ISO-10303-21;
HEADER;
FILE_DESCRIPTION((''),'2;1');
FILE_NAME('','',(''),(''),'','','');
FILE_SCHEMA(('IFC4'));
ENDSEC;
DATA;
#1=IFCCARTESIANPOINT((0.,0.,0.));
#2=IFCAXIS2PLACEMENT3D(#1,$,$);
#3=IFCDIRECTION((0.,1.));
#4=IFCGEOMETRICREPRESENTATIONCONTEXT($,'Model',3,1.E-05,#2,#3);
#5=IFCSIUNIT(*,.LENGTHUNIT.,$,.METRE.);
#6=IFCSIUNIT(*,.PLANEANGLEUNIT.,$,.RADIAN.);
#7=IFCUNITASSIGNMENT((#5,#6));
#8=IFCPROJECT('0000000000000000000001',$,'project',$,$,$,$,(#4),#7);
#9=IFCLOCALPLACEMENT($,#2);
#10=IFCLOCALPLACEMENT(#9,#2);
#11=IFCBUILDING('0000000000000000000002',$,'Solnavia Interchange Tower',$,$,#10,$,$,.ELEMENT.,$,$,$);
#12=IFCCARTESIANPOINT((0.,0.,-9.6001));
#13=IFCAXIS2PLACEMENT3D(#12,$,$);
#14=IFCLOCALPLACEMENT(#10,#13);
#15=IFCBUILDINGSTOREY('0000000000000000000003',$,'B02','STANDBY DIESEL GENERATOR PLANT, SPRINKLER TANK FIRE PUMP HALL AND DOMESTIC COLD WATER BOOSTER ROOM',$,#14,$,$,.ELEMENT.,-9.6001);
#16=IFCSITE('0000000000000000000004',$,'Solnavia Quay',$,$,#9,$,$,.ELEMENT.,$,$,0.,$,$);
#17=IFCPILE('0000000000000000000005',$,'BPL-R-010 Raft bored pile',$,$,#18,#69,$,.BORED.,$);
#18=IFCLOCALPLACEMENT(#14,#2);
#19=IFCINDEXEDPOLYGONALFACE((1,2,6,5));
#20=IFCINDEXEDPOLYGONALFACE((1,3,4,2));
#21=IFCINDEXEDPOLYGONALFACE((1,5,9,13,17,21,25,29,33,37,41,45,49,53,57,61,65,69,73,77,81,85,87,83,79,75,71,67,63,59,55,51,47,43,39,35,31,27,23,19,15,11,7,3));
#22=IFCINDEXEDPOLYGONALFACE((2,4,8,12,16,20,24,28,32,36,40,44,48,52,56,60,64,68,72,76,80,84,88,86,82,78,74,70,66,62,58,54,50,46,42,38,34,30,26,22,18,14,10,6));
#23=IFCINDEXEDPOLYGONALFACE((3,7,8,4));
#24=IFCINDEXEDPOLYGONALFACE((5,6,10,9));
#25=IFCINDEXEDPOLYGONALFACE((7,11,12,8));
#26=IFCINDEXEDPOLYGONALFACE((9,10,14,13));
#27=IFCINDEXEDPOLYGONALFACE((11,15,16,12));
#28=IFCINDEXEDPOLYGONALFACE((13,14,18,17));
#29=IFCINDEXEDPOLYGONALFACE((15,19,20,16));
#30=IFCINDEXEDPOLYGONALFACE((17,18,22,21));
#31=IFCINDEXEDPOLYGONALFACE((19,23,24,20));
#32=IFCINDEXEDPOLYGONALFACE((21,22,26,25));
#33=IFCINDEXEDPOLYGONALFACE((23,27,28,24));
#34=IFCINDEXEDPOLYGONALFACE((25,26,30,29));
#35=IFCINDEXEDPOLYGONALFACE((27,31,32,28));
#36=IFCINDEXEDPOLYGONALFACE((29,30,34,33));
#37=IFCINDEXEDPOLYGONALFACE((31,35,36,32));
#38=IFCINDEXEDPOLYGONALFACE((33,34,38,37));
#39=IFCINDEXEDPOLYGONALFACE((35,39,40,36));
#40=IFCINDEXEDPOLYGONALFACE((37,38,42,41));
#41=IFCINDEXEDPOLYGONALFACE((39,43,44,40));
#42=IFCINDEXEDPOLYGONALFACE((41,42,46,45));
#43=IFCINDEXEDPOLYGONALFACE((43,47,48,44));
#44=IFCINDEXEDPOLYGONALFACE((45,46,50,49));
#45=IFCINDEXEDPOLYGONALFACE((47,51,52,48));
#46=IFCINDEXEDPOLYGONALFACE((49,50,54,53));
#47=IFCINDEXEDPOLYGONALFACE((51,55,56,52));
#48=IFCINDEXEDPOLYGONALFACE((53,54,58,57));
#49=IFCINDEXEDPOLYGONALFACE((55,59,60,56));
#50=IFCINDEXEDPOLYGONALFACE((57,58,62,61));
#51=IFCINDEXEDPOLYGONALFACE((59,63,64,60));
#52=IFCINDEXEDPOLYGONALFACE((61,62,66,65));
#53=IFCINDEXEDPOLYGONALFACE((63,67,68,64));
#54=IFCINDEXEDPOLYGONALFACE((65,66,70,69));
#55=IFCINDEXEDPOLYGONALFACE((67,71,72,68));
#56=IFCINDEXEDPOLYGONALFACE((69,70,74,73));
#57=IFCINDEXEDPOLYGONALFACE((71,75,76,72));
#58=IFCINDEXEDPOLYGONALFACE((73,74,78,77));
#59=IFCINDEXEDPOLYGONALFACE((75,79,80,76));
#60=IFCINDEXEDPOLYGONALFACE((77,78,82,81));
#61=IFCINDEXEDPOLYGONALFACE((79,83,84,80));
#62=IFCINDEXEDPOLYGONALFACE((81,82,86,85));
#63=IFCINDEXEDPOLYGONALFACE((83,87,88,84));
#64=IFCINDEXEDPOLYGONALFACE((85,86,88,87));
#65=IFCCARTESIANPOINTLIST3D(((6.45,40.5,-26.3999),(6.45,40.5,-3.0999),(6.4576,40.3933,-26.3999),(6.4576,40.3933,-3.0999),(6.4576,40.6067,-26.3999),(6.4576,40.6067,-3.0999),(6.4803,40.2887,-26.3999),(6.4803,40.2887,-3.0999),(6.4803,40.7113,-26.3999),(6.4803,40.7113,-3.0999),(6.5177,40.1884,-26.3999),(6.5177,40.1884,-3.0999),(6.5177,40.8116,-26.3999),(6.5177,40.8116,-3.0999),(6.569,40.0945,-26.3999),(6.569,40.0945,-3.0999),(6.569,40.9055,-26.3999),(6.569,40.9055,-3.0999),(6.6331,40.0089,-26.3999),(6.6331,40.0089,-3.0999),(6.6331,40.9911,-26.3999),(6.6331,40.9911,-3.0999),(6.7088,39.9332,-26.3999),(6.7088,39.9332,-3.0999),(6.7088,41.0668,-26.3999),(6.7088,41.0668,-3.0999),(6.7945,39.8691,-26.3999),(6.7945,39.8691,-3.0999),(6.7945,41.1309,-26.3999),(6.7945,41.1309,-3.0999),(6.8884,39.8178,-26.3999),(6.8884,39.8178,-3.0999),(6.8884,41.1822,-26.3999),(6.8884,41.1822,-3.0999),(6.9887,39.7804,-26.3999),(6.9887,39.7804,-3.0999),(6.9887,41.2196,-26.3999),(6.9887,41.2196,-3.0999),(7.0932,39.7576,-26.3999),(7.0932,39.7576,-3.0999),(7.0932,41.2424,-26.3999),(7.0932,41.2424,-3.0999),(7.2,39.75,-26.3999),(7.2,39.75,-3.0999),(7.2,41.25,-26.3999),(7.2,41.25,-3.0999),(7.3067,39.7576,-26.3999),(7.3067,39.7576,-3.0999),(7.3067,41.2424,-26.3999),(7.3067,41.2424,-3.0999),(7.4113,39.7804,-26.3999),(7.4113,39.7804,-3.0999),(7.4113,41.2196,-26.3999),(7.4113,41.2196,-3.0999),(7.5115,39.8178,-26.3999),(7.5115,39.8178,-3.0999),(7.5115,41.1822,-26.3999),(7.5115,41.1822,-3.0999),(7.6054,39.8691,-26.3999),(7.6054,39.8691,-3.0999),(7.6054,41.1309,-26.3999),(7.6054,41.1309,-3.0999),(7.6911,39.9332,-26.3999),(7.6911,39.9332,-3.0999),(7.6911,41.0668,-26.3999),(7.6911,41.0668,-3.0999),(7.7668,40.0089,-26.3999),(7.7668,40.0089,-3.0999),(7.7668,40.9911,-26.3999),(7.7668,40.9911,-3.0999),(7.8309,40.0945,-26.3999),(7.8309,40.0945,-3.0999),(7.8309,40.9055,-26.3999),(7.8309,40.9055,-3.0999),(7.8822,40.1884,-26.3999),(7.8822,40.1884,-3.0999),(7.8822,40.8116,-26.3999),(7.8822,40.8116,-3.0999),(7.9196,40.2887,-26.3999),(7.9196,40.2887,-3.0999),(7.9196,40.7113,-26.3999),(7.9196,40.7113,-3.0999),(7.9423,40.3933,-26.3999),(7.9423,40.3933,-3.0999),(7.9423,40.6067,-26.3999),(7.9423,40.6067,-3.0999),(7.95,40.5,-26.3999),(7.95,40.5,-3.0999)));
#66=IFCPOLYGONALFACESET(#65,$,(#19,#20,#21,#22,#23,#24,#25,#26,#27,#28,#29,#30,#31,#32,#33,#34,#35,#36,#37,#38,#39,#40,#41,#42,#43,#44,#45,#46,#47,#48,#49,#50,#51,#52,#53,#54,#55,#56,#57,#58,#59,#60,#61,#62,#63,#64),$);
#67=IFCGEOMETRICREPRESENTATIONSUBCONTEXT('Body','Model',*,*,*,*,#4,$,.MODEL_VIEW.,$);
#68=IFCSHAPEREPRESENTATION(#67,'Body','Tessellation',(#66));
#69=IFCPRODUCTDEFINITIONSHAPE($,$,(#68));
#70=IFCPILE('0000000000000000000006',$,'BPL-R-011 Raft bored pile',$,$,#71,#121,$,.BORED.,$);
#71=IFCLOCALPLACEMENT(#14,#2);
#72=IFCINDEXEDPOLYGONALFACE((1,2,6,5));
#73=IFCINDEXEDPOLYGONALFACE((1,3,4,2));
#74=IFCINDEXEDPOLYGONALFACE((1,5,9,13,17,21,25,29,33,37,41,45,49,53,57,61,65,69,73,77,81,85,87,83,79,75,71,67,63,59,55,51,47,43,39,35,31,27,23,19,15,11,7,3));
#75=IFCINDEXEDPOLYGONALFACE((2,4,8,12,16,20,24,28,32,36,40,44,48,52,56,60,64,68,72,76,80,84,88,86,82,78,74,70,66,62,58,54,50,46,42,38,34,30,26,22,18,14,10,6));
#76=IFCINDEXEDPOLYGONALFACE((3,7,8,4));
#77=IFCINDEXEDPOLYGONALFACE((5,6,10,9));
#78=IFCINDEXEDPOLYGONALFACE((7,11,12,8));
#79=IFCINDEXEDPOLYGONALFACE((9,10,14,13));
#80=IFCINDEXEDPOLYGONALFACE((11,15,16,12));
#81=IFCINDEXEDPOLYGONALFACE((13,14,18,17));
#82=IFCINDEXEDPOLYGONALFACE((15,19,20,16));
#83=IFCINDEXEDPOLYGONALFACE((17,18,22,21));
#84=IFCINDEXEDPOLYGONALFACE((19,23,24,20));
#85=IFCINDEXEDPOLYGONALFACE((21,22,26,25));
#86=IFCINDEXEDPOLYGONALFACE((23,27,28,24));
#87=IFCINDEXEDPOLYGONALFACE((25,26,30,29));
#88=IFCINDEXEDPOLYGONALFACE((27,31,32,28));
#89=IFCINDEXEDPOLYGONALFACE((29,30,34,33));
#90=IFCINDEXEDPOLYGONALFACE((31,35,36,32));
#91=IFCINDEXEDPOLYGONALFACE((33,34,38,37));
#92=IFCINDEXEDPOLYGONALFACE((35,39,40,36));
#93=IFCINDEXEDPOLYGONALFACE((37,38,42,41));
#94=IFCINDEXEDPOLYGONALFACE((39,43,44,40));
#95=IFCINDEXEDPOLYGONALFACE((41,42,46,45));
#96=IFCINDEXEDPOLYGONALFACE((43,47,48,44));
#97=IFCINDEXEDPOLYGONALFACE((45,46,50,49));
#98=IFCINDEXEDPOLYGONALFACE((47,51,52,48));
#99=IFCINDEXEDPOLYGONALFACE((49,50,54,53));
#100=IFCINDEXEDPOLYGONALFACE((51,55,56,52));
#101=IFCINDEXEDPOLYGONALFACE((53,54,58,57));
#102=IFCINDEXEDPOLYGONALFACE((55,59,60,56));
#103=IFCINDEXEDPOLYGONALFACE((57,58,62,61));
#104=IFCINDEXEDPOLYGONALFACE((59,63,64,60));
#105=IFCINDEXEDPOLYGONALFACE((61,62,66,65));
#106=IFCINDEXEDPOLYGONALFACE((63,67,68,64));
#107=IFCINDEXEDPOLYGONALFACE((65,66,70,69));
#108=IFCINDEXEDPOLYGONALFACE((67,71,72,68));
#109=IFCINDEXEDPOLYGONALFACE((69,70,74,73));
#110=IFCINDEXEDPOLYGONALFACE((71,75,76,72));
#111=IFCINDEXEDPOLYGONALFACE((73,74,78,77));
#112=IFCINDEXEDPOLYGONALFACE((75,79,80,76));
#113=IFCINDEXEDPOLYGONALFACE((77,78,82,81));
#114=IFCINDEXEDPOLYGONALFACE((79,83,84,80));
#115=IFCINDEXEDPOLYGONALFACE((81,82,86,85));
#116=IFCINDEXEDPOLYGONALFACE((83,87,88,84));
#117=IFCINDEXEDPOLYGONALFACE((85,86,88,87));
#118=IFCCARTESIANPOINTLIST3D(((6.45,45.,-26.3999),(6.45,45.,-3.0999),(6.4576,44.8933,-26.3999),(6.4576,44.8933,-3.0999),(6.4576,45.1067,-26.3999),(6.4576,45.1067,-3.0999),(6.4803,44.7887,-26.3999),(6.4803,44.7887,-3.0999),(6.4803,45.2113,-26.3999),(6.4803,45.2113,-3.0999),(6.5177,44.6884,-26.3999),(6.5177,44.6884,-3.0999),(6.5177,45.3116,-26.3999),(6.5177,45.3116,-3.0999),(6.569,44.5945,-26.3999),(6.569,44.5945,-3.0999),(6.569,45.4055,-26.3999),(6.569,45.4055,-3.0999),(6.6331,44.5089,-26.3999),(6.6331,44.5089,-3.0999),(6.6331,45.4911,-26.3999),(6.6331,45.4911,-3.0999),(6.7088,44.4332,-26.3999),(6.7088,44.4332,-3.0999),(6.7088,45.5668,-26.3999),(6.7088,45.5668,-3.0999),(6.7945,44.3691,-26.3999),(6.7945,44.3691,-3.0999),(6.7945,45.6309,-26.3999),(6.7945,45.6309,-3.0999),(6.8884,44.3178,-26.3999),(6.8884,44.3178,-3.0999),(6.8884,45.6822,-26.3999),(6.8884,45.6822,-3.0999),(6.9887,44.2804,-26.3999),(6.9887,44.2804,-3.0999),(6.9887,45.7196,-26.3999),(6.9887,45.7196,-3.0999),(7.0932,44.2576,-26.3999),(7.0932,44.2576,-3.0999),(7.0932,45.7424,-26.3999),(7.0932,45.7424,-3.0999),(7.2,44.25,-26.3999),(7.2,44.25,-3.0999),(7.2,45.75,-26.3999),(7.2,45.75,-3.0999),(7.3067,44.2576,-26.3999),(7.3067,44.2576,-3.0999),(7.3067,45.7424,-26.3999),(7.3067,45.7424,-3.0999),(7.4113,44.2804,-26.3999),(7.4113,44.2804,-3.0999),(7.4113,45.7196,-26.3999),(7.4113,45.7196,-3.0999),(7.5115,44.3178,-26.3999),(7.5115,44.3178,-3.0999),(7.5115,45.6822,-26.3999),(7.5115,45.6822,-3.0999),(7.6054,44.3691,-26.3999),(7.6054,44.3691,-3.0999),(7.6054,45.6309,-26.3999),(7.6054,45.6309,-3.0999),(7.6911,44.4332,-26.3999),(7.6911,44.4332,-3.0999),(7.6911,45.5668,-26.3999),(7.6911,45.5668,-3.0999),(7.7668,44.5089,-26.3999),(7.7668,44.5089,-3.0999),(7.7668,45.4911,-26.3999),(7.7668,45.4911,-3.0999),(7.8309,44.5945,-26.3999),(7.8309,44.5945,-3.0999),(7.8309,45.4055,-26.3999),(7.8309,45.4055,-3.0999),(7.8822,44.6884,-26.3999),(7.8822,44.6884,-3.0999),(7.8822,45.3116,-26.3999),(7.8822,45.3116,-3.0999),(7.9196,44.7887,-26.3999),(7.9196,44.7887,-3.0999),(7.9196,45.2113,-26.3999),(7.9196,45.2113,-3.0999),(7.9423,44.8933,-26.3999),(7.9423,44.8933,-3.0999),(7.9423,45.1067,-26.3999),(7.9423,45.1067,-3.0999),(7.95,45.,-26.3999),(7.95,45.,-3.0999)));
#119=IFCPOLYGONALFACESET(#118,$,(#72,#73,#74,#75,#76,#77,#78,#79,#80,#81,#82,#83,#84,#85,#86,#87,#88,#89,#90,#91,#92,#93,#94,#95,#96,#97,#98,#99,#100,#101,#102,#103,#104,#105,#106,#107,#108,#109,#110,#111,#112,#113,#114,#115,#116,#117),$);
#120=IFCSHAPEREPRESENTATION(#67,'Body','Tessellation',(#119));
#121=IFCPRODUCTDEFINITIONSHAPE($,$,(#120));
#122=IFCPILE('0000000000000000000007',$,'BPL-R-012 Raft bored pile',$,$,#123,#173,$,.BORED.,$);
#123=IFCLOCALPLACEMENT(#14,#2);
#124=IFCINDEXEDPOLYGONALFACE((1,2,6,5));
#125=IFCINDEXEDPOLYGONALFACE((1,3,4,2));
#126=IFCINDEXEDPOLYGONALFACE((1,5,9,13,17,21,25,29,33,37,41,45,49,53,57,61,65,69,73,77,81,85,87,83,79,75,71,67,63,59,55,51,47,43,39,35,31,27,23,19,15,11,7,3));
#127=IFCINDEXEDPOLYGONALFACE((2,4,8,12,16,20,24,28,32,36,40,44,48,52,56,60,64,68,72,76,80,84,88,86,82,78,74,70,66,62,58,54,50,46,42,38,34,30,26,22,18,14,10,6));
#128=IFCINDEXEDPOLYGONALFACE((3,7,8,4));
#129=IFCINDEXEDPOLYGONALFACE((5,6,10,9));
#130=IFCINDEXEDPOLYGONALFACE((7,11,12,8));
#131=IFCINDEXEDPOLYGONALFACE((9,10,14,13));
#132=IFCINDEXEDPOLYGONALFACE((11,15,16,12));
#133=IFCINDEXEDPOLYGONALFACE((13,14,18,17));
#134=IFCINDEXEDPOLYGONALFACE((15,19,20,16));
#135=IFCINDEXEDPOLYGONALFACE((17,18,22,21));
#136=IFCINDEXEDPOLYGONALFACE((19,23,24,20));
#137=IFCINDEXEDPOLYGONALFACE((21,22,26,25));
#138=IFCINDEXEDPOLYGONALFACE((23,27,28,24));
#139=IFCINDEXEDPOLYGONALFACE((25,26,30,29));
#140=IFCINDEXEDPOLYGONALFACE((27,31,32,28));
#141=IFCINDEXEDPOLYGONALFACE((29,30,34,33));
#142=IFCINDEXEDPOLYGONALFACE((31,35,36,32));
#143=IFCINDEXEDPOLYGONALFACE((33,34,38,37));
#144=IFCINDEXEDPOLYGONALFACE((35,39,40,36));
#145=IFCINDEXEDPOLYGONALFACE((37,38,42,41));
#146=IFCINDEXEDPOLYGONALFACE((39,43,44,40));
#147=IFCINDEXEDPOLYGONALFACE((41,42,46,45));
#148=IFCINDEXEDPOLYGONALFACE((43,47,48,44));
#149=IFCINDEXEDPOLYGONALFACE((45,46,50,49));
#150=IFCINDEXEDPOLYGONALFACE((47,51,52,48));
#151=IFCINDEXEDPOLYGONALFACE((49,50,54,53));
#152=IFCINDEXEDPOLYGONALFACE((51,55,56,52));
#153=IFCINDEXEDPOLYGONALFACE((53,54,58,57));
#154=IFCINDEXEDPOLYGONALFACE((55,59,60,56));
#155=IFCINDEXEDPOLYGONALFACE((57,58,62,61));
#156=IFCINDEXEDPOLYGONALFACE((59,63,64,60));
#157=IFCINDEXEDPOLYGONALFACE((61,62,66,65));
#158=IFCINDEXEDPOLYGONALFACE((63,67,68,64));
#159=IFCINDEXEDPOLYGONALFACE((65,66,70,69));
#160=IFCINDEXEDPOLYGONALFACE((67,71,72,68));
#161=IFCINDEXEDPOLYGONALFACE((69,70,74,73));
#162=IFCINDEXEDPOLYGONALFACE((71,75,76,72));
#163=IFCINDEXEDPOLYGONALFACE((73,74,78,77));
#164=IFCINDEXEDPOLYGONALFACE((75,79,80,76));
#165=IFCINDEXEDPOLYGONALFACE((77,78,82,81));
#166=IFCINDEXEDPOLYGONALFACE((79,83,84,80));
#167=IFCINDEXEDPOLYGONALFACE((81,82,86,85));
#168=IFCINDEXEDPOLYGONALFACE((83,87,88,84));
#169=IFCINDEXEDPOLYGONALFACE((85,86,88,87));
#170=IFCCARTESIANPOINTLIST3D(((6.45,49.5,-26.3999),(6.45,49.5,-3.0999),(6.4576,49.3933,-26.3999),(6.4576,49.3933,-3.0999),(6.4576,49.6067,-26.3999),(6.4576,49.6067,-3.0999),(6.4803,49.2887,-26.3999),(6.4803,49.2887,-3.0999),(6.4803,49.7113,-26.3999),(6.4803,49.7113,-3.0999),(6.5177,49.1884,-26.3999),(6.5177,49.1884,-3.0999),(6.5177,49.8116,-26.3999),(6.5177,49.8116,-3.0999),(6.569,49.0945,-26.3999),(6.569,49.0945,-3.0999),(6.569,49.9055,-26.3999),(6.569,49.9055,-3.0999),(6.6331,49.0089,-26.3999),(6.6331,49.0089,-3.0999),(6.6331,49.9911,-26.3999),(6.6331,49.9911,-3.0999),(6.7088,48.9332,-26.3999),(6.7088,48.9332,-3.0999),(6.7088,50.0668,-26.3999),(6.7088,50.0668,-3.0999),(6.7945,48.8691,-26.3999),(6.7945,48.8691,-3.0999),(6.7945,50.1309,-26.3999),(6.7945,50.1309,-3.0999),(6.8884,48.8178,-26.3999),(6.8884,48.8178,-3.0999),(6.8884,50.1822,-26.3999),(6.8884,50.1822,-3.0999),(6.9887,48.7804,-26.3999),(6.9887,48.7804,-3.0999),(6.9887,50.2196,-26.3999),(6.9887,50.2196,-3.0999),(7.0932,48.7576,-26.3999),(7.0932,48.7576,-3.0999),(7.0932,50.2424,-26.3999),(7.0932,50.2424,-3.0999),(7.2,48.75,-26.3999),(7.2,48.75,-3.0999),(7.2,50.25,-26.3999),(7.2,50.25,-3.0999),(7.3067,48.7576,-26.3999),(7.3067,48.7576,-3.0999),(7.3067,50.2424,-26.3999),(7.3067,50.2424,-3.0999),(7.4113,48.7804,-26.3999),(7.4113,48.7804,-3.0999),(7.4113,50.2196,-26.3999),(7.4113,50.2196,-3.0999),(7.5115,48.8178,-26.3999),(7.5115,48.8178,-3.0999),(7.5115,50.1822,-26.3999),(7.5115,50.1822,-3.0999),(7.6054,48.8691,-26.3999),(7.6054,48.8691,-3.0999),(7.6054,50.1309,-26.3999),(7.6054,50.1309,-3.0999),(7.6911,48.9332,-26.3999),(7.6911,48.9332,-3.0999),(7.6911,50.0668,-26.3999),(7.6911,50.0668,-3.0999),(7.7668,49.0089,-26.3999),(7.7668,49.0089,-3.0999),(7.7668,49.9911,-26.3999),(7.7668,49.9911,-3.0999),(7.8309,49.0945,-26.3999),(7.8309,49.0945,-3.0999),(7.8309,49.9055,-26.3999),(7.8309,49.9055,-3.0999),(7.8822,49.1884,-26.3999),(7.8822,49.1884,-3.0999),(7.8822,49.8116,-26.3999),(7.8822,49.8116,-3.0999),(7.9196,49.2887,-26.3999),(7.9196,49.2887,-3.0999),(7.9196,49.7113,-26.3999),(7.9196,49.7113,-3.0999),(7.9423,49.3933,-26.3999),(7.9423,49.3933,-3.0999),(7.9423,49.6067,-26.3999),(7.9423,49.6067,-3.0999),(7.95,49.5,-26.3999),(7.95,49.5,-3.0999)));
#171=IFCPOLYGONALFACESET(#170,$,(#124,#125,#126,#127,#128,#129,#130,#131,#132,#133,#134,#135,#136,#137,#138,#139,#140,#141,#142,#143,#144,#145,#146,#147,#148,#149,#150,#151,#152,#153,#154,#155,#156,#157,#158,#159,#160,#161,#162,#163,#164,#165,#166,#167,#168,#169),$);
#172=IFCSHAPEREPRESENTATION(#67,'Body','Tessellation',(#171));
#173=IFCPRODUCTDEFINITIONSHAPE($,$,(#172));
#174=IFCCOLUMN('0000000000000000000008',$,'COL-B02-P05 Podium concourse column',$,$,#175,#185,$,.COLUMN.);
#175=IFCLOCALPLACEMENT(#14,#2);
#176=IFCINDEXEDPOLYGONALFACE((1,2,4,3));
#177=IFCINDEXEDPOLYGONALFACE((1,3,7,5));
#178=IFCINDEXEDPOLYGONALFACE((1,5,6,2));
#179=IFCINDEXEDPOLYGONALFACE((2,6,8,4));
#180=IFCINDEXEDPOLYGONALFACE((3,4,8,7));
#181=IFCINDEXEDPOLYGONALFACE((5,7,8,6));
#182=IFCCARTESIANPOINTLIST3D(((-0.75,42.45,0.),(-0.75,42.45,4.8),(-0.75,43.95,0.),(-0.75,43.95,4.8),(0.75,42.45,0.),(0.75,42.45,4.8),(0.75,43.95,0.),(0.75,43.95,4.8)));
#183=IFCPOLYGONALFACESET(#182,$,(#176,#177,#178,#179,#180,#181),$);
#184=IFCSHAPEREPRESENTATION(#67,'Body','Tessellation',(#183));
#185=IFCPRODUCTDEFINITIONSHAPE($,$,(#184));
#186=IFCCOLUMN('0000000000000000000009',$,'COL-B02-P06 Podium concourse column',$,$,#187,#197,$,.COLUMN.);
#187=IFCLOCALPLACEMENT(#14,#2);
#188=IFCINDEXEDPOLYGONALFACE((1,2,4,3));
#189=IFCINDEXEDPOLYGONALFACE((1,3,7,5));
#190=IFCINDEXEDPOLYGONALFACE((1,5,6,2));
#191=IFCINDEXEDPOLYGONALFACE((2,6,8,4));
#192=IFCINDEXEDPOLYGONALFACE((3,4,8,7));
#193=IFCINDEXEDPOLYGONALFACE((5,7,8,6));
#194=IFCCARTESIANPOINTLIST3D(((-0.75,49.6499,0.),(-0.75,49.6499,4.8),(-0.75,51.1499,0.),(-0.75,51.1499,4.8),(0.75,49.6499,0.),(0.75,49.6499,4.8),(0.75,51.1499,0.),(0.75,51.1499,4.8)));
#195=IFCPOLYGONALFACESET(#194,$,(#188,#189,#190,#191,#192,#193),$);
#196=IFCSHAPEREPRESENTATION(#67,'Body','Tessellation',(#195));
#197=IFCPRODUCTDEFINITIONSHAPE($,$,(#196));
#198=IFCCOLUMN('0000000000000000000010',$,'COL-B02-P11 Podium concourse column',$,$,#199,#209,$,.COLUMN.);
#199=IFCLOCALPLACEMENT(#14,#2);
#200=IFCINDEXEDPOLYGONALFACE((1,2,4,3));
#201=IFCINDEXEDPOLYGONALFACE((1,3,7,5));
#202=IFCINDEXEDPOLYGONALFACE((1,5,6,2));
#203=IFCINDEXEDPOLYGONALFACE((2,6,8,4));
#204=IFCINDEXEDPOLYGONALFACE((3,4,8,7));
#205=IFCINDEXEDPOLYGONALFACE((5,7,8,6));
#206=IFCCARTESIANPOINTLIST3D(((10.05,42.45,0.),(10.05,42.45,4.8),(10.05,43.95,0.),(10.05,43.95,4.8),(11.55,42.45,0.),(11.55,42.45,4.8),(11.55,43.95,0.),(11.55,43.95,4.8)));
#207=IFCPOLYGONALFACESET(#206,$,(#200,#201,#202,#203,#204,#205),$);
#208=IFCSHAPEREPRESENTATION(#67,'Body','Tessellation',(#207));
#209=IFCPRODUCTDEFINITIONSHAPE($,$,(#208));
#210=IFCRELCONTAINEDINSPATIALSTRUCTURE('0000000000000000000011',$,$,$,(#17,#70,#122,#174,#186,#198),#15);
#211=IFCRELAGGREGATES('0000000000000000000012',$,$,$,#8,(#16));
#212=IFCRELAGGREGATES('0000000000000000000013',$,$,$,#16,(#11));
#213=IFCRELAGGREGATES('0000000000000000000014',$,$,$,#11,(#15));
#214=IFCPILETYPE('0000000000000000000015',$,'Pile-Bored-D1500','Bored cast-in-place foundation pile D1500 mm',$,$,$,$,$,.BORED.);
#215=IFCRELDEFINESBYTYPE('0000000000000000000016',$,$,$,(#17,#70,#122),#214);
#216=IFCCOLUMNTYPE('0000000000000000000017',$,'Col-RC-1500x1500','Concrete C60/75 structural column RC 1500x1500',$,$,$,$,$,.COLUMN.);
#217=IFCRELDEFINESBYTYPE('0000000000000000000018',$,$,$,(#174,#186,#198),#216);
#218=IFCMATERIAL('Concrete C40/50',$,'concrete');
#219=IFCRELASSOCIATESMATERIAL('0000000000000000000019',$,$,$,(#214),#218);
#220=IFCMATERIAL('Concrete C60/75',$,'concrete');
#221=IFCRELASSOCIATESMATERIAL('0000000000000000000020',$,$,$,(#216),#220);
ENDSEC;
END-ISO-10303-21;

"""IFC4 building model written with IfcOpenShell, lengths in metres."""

from ifc_helpers import new_model, si_unit, direction, frame, origin, origin_2d, place, context, subcontext, project, spatial, rectangle, circle, extrude, material, material_profile, profile_set, type_object, element, save


model = new_model("IFC4")

# Units and contexts
model_context = context("Model", 3, precision=1e-05, world=origin(), true_north=direction((0.0, 1.0)))
body_context = subcontext(model_context, "Body", "Model", "MODEL_VIEW")
ifc_project = project(units=[si_unit("LENGTHUNIT", "METRE"), si_unit("PLANEANGLEUNIT", "RADIAN")], contexts=[model_context])

# Site, building, storey
site_placement = place(None, origin())
site = spatial("IfcSite", under=ifc_project, at=site_placement, Name="Solnavia Quay", CompositionType="ELEMENT", RefElevation=0.0)
building_placement = place(site_placement, origin())
building = spatial("IfcBuilding", under=site, at=building_placement, Name="Solnavia Interchange Tower", CompositionType="ELEMENT")
storey_placement = place(building_placement, frame((0.0, 0.0, -9.6001)))
storey = spatial("IfcBuildingStorey", under=building, at=storey_placement, Name="B02", Description="STANDBY DIESEL GENERATOR PLANT, SPRINKLER TANK FIRE PUMP HALL AND DOMESTIC COLD WATER BOOSTER ROOM", CompositionType="ELEMENT", Elevation=-9.6001)

# Shared definitions
ifc_material_1 = material(Name="Concrete C40/50", Category="concrete")

# Piles
ifc_material_profile_1 = material_profile(ifc_material_1, circle(Radius=0.75, at=origin_2d()), Name="PILE D1500")
ifc_profile_set_1 = profile_set([ifc_material_profile_1], Name="Concrete C40/50")
pile_type_1 = type_object("IfcPileType", Name="Pile-Bored-D1500", Description="Bored cast-in-place foundation pile D1500 mm", PredefinedType="BORED", material=ifc_profile_set_1)
for number, where, z_axis, x_axis, name in (
    (1, (7.2, 40.5, -3.0999), (0.0, 0.0, -1.0), (1.0, 0.0, 0.0), "BPL-R-010 Raft bored pile"),
    (2, (7.2, 45.0, -3.0999), (0.0, 0.0, -1.0), (1.0, 0.0, 0.0), "BPL-R-011 Raft bored pile"),
    (3, (7.2, 49.5, -3.0999), (0.0, 0.0, -1.0), (1.0, 0.0, 0.0), "BPL-R-012 Raft bored pile"),
):
    element("IfcPile", number, at=place(storey_placement, frame(where, z_axis=z_axis, x_axis=x_axis)), inside=storey, type_object=pile_type_1, Name=name, PredefinedType="BORED", context=body_context, shape_type="SweptSolid", body=[
        extrude(circle(Radius=0.75, at=origin_2d()), origin(), (0.0, 0.0, 1.0), 23.3),
    ])

# Columns
ifc_material_2 = material(Name="Concrete C60/75", Category="concrete")
ifc_material_profile_2 = material_profile(ifc_material_2, rectangle(XDim=1.5, YDim=1.5, at=origin_2d()), Name="RC 1500x1500")
ifc_profile_set_2 = profile_set([ifc_material_profile_2], Name="Concrete C60/75")
column_type_1 = type_object("IfcColumnType", Name="Col-RC-1500x1500", Description="Concrete C60/75 structural column RC 1500x1500", PredefinedType="COLUMN", material=ifc_profile_set_2)
for number, where, z_axis, x_axis, name in (
    (4, (0.0, 43.2, 0.0), (0.0, 0.0, 1.0), (1.0, 0.0, 0.0), "COL-B02-P05 Podium concourse column"),
    (5, (0.0, 50.3999, 0.0), (0.0, 0.0, 1.0), (1.0, 0.0, 0.0), "COL-B02-P06 Podium concourse column"),
    (6, (10.8, 43.2, 0.0), (0.0, 0.0, 1.0), (1.0, 0.0, 0.0), "COL-B02-P11 Podium concourse column"),
):
    element("IfcColumn", number, at=place(storey_placement, frame(where, z_axis=z_axis, x_axis=x_axis)), inside=storey, type_object=column_type_1, Name=name, PredefinedType="COLUMN", context=body_context, shape_type="SweptSolid", body=[
        extrude(rectangle(XDim=1.5, YDim=1.5, at=origin_2d()), origin(), (0.0, 0.0, 1.0), 4.8),
    ])

save(model, "model.ifc")
